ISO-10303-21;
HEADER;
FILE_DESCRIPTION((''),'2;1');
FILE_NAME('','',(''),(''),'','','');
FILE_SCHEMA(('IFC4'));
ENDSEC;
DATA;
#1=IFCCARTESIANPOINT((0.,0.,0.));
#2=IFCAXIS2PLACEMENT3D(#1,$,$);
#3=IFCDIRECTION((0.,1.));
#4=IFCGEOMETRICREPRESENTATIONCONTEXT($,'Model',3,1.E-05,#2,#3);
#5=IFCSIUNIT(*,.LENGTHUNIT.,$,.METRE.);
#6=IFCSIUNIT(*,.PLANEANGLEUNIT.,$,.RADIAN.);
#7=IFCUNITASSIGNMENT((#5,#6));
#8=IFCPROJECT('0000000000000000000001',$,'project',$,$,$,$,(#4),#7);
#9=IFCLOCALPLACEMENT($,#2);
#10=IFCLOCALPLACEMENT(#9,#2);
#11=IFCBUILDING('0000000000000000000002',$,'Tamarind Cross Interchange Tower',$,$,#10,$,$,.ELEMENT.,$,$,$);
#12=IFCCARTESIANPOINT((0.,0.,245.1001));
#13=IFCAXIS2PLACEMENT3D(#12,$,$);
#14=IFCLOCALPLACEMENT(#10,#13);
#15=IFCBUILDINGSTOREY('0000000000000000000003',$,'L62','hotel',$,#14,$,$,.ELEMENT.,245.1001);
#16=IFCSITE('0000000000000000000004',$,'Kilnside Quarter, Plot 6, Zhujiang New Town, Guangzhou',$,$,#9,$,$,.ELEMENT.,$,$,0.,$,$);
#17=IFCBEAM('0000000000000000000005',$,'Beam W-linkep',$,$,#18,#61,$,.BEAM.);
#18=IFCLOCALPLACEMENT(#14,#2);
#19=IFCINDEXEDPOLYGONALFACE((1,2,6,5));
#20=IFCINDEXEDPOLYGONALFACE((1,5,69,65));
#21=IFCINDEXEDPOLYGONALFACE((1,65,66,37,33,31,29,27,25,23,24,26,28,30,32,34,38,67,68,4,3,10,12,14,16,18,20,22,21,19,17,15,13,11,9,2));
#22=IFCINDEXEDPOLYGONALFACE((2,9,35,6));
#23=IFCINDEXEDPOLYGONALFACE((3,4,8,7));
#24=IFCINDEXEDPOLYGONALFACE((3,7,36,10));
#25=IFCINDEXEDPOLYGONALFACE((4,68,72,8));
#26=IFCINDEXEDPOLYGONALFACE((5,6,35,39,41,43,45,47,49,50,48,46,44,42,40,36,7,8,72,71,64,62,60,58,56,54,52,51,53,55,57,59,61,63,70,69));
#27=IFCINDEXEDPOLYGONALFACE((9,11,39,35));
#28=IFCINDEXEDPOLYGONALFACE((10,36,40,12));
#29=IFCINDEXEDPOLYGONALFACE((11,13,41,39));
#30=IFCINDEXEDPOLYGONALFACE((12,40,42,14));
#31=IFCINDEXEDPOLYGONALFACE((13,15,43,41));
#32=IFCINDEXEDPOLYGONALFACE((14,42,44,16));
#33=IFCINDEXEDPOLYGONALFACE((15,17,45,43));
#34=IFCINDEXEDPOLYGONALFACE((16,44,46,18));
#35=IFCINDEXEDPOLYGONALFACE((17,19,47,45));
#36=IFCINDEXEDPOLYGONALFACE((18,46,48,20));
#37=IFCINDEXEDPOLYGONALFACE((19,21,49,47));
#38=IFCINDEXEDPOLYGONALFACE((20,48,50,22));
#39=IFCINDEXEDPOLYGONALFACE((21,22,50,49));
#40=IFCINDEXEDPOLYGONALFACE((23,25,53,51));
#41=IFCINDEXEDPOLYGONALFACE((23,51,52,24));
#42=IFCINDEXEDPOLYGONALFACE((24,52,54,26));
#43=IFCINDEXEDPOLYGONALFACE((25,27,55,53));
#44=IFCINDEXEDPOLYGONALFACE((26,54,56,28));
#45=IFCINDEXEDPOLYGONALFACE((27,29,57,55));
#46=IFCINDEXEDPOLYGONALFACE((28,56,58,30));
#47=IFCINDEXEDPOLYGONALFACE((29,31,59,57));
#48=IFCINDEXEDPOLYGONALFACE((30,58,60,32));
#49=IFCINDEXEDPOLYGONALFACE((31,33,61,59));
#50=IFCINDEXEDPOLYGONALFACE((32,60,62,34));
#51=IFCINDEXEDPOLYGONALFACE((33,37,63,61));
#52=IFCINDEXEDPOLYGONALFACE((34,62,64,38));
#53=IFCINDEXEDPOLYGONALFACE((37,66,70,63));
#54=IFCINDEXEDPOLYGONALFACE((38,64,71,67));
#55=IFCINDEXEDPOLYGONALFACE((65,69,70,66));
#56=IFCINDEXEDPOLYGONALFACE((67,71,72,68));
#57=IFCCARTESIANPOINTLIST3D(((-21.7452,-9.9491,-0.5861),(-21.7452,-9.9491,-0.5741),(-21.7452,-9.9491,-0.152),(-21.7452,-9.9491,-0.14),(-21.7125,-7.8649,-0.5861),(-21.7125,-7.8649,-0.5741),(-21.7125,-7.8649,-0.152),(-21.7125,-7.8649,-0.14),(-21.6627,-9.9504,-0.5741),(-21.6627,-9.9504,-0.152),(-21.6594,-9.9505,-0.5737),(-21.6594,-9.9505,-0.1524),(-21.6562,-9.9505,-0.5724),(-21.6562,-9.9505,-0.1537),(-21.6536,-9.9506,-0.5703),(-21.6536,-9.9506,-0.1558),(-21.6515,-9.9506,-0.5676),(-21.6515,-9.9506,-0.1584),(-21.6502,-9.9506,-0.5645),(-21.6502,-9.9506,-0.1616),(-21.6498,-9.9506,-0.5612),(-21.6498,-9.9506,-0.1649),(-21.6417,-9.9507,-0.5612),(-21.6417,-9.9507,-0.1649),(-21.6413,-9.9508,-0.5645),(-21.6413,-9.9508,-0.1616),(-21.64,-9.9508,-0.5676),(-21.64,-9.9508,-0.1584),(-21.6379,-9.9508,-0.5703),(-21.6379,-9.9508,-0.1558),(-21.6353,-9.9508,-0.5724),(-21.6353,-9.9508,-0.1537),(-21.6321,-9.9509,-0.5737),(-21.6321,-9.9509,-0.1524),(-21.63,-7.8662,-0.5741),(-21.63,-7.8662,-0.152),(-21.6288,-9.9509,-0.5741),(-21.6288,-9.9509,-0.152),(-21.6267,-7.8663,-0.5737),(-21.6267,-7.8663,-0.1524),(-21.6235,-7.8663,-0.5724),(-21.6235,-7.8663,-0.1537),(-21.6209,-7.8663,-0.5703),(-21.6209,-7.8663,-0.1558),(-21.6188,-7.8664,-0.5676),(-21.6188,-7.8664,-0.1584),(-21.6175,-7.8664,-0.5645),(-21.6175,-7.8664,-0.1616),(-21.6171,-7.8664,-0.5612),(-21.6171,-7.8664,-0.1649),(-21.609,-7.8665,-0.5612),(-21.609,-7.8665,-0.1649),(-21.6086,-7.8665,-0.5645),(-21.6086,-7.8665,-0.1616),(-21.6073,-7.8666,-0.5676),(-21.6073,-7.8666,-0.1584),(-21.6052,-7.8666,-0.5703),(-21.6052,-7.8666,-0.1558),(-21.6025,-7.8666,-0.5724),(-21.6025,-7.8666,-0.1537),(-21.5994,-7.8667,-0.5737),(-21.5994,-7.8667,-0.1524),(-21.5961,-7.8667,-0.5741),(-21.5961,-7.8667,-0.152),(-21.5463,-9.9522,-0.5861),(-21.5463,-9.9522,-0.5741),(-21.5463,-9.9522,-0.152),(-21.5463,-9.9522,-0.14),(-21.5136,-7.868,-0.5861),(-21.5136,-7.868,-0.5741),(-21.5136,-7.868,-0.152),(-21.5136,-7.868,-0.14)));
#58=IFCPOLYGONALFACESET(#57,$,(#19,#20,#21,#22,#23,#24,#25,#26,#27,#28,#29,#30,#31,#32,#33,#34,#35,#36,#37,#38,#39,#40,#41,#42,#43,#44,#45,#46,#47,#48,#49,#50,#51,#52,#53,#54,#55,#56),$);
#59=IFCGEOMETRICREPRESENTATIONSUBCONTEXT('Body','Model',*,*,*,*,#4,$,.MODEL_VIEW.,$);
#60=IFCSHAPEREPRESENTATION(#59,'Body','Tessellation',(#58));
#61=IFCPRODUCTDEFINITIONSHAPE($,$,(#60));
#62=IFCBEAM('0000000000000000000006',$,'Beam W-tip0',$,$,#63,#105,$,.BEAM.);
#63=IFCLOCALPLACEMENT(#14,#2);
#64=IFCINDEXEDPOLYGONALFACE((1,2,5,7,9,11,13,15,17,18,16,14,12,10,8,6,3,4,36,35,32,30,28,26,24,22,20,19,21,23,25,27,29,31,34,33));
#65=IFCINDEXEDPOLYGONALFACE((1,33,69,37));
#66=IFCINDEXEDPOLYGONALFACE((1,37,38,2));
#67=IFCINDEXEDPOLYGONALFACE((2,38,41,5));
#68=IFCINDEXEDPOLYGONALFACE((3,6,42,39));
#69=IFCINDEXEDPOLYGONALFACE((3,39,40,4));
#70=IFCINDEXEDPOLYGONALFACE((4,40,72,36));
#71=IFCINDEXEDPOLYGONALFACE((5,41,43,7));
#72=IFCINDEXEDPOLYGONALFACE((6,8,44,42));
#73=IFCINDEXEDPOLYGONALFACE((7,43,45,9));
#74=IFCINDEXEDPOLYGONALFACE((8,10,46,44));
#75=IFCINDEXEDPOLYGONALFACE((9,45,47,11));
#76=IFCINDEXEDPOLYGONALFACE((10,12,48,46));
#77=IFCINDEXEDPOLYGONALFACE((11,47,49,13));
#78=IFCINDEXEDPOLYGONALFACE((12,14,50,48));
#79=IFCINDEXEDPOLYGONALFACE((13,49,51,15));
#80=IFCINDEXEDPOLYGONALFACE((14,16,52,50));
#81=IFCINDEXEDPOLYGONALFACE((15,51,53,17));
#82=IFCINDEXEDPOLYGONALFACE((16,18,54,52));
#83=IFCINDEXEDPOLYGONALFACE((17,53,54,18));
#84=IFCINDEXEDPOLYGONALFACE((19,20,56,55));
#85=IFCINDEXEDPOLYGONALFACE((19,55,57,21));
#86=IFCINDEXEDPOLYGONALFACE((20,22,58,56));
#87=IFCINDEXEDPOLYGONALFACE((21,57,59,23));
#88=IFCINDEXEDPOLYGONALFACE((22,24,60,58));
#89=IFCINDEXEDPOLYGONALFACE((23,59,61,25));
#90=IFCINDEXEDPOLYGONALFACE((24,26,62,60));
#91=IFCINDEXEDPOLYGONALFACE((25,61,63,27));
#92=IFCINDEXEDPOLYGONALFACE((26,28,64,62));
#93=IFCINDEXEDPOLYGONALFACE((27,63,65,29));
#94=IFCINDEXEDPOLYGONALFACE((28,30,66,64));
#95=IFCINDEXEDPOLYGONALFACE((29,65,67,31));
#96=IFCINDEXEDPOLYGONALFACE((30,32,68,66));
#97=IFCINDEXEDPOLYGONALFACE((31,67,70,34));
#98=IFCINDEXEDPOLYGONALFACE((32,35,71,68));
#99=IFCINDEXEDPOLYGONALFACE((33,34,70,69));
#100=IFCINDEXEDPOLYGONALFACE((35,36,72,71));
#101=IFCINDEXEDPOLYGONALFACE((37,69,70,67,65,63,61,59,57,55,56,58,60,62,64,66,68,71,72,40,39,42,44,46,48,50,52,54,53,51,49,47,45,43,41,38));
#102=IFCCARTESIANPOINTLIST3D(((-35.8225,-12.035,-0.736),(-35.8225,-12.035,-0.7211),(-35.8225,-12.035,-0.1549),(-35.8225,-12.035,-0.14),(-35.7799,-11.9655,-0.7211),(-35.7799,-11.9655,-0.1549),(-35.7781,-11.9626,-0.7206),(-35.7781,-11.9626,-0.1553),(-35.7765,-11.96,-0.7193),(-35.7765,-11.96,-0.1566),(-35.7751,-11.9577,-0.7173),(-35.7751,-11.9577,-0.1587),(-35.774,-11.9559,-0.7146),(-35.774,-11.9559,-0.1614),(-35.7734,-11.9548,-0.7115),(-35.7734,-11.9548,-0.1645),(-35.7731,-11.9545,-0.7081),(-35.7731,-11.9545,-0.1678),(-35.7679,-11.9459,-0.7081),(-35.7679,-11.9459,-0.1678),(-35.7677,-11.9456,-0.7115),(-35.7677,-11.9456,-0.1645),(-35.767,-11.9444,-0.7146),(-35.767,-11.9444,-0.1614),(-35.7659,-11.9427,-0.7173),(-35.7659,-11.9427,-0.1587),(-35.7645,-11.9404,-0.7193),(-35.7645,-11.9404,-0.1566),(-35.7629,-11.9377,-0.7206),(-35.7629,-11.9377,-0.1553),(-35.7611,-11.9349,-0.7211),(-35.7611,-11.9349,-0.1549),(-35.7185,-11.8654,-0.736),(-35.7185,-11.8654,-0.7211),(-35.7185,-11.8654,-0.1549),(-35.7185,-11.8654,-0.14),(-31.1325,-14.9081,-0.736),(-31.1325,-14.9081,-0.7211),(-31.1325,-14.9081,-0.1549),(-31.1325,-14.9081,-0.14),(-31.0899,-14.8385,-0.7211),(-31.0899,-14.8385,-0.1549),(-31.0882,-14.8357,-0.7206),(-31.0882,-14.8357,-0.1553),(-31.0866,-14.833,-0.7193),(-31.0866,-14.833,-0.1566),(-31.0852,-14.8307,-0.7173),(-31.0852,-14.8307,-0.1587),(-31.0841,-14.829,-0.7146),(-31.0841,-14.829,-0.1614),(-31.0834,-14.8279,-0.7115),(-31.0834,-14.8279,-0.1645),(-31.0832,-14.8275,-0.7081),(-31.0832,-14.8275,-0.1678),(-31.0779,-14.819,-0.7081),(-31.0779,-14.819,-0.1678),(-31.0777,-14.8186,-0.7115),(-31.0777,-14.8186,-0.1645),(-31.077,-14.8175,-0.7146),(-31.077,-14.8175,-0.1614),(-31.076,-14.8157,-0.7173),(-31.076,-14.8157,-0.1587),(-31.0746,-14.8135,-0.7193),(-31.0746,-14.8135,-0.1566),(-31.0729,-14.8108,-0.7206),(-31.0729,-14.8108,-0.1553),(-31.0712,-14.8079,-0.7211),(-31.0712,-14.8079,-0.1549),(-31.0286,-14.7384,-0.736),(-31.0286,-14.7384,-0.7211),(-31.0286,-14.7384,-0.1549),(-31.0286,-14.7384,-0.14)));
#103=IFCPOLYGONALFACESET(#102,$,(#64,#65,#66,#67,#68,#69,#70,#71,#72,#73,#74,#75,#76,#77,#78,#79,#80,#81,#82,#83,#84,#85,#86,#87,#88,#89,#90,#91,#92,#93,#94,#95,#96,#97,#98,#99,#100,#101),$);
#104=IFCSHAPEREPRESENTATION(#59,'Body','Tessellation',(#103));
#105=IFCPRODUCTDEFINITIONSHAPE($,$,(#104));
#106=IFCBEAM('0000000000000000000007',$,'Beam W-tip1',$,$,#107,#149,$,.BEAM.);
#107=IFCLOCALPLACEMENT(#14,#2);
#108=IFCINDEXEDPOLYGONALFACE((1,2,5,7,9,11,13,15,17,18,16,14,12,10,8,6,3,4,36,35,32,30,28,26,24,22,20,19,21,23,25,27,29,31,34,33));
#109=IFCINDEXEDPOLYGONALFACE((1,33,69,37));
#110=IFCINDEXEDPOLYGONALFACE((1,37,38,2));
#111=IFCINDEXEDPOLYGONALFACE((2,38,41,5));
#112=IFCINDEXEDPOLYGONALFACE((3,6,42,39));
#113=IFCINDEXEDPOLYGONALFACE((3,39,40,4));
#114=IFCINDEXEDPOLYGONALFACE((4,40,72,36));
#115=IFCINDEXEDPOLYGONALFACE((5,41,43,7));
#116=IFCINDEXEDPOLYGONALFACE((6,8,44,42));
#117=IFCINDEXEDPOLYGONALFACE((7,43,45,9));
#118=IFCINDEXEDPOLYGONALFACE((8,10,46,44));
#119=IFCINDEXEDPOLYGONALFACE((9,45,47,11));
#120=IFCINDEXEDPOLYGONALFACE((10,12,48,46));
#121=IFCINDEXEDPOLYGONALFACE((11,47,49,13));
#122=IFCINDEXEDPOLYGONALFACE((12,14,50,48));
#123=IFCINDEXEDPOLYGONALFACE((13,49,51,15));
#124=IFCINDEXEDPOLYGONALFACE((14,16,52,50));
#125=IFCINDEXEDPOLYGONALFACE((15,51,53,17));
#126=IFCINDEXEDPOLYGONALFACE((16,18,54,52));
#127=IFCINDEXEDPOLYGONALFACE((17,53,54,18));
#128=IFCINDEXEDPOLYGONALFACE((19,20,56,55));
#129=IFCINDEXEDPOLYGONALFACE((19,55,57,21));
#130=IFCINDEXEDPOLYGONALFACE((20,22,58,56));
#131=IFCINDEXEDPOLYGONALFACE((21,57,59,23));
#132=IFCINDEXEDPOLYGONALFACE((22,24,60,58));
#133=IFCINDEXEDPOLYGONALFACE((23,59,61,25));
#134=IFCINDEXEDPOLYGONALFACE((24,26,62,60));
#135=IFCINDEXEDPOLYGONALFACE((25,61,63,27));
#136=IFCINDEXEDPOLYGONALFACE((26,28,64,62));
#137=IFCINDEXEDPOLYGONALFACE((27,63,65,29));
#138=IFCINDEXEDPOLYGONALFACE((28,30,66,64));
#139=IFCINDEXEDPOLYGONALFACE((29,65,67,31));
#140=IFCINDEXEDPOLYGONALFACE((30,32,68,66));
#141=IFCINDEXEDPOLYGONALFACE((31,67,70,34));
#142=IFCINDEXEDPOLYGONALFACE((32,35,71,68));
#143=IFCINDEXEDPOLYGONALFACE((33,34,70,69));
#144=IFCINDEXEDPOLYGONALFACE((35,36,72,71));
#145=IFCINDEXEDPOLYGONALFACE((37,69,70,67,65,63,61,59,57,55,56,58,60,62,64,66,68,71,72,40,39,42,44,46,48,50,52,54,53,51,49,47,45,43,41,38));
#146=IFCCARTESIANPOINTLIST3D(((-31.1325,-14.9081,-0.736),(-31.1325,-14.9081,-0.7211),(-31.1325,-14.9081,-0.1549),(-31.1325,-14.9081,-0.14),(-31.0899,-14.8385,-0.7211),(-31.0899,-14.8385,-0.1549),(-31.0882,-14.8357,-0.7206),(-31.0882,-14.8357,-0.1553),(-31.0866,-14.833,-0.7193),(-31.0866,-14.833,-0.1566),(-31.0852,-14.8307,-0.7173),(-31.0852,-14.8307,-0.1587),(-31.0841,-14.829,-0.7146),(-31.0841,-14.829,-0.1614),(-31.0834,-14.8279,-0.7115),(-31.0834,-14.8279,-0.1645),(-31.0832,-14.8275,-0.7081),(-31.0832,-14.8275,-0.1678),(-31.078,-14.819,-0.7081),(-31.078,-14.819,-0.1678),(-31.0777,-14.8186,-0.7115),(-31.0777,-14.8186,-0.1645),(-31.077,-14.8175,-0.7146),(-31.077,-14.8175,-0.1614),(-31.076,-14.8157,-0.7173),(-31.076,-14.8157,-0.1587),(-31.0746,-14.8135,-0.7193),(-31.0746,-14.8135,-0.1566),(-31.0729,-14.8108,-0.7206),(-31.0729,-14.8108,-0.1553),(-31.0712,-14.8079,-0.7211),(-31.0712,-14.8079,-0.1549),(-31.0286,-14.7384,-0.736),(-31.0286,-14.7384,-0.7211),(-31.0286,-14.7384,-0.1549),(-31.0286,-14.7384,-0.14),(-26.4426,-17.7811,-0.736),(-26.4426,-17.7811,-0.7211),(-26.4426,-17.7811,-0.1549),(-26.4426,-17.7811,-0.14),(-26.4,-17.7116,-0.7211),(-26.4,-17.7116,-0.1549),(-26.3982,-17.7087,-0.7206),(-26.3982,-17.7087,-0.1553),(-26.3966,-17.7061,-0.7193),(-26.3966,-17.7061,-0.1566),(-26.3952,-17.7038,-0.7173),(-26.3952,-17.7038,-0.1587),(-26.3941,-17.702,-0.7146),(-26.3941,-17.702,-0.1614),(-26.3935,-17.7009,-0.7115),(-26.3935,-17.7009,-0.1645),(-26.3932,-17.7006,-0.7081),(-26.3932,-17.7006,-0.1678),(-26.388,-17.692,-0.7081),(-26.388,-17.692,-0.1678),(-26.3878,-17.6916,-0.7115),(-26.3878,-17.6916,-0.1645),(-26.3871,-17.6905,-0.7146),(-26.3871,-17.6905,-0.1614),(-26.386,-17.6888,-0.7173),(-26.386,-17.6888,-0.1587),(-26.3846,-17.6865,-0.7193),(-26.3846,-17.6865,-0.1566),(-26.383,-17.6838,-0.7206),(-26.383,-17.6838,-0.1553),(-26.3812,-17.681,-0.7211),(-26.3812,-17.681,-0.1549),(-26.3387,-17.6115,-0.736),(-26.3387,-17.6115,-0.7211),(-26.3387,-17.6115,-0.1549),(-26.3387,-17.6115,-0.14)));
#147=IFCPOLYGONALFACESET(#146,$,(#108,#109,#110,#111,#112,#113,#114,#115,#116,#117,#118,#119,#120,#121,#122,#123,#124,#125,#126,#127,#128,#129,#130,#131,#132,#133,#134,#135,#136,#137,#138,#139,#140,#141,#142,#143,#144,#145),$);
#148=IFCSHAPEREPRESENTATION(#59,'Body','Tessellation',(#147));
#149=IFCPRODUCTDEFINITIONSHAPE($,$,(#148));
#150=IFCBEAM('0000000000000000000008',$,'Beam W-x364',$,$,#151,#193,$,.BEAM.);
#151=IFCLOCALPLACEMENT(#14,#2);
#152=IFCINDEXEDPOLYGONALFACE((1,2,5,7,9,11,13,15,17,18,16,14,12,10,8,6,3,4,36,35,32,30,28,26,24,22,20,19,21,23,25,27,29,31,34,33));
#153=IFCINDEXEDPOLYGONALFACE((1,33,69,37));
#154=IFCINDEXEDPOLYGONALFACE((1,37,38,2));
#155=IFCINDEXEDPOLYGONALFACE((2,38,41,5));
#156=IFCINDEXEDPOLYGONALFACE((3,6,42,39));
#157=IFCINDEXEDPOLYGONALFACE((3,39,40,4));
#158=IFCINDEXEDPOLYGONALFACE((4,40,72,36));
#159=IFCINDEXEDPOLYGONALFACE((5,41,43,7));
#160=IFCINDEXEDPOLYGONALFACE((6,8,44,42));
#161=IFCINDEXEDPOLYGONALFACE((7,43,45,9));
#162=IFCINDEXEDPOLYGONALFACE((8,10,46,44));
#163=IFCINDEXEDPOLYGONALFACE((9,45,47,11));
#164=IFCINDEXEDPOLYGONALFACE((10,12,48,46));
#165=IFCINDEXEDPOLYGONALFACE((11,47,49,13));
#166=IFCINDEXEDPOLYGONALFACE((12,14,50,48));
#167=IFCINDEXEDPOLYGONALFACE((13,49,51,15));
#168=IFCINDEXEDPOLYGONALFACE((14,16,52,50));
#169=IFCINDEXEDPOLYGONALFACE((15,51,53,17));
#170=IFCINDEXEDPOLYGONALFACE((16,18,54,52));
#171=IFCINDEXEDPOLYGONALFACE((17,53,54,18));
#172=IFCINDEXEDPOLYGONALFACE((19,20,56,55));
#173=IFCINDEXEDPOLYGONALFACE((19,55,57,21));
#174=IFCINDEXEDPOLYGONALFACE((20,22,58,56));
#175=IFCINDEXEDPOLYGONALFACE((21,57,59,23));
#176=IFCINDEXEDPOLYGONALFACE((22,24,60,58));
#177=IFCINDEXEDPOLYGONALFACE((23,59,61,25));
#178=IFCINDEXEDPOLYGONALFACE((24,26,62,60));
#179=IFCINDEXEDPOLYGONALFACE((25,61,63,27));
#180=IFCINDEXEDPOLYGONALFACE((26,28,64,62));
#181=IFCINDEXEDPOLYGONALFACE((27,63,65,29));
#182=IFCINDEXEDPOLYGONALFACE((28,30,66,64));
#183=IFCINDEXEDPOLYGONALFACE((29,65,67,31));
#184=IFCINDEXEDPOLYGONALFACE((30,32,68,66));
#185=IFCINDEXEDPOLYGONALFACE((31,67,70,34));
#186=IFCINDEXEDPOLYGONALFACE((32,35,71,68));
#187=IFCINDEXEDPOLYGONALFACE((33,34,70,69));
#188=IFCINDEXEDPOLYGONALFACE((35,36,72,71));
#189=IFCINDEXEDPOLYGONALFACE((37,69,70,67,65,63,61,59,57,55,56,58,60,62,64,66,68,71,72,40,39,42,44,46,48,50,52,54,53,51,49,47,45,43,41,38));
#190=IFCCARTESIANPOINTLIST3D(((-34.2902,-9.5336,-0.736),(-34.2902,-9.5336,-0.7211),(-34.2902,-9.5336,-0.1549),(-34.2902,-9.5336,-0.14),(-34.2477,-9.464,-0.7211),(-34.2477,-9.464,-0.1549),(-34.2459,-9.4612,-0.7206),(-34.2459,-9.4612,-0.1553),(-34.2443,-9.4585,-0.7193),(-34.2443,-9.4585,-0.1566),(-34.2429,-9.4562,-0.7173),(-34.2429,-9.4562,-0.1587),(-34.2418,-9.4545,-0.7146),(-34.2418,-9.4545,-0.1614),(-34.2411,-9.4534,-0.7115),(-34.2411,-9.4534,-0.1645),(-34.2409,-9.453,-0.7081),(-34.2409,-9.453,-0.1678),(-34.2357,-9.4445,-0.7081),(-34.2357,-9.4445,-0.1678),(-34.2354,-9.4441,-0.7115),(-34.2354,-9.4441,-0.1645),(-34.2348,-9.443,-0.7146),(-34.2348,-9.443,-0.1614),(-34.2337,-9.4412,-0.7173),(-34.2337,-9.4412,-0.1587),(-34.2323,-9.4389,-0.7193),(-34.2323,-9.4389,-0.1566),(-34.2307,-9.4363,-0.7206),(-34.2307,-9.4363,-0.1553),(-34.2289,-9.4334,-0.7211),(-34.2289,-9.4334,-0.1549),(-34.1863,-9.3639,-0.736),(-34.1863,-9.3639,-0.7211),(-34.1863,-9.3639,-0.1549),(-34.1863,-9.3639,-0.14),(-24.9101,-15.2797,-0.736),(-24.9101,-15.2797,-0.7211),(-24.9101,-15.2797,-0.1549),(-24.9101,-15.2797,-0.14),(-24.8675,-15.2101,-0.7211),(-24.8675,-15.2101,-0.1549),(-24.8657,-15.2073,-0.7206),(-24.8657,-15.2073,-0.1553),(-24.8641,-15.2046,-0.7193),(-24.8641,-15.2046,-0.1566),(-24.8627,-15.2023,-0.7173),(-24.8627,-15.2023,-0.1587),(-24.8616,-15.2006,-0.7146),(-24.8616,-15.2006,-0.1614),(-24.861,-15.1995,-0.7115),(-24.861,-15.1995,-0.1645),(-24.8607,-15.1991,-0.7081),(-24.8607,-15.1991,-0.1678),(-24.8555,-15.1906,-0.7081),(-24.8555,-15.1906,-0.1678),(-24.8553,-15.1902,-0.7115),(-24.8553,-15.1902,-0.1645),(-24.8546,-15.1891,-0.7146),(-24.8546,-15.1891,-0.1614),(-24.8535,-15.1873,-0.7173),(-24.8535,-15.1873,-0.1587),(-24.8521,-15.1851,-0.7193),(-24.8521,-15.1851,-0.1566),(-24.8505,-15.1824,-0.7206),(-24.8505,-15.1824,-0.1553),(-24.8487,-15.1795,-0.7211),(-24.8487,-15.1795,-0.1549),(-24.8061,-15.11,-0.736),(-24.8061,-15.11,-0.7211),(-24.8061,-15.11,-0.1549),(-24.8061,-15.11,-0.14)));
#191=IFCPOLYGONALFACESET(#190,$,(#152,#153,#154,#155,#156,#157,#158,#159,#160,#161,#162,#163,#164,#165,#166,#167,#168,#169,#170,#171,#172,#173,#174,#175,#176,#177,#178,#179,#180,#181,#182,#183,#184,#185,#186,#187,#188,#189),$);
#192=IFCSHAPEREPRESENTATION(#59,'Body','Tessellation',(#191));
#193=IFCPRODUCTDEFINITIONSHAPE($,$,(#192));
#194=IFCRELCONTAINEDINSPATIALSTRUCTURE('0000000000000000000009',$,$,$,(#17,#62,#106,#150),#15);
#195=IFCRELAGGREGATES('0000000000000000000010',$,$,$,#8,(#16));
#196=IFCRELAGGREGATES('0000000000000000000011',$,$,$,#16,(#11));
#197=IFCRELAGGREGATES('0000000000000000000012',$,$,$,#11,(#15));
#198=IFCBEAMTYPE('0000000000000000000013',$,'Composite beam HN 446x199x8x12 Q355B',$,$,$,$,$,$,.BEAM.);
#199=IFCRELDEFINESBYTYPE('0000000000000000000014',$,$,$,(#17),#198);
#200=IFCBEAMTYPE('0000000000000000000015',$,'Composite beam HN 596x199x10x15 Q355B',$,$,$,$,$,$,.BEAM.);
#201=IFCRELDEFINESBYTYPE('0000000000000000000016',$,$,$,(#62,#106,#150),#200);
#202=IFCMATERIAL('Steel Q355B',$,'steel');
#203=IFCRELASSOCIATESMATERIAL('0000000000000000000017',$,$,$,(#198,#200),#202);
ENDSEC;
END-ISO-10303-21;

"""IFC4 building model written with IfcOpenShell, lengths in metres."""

from ifc_helpers import new_model, si_unit, direction, frame, origin, origin_2d, place, context, subcontext, project, spatial, i_section, extrude, material, material_profile, profile_set, type_object, element, save


model = new_model("IFC4")

# Units and contexts
model_context = context("Model", 3, precision=1e-05, world=origin(), true_north=direction((0.0, 1.0)))
body_context = subcontext(model_context, "Body", "Model", "MODEL_VIEW")
ifc_project = project(units=[si_unit("LENGTHUNIT", "METRE"), si_unit("PLANEANGLEUNIT", "RADIAN")], contexts=[model_context])

# Site, building, storey
site_placement = place(None, origin())
site = spatial("IfcSite", under=ifc_project, at=site_placement, Name="Kilnside Quarter, Plot 6, Zhujiang New Town, Guangzhou", CompositionType="ELEMENT", RefElevation=0.0)
building_placement = place(site_placement, origin())
building = spatial("IfcBuilding", under=site, at=building_placement, Name="Tamarind Cross Interchange Tower", CompositionType="ELEMENT")
storey_placement = place(building_placement, frame((0.0, 0.0, 245.1001)))
storey = spatial("IfcBuildingStorey", under=building, at=storey_placement, Name="L62", Description="hotel", CompositionType="ELEMENT", Elevation=245.1001)

# Beams
ifc_material_1 = material(Name="Steel Q355B", Category="steel")
ifc_material_profile_1 = material_profile(ifc_material_1, i_section(OverallWidth=0.199, OverallDepth=0.446, WebThickness=0.0081, FlangeThickness=0.012, FilletRadius=0.0129, at=origin_2d()), Name="HN 446x199x8x12")
ifc_profile_set_1 = profile_set([ifc_material_profile_1], Name="Steel Q355B")
beam_type_1 = type_object("IfcBeamType", Name="Composite beam HN 446x199x8x12 Q355B", PredefinedType="BEAM", material=ifc_profile_set_1)
beam_1_placement = place(storey_placement, frame((-21.6458, -9.9507, -0.363), z_axis=(0.015694, 0.999877, 0.0), x_axis=(-0.999877, 0.015694, 0.0)))
element("IfcBeam", 1, at=beam_1_placement, inside=storey, type_object=beam_type_1, Name="Beam W-linkep", PredefinedType="BEAM", context=body_context, shape_type="SweptSolid", body=[
    extrude(i_section(OverallWidth=0.199, OverallDepth=0.446, WebThickness=0.0081, FlangeThickness=0.012, FilletRadius=0.0129, at=origin_2d()), origin(), (0.0, 0.0, 1.0), 2.0845),
])
ifc_material_profile_2 = material_profile(ifc_material_1, i_section(OverallWidth=0.199, OverallDepth=0.5959, WebThickness=0.01, FlangeThickness=0.0149, FilletRadius=0.0129, at=origin_2d()), Name="HN 596x199x10x15")
ifc_profile_set_2 = profile_set([ifc_material_profile_2], Name="Steel Q355B")
beam_type_2 = type_object("IfcBeamType", Name="Composite beam HN 596x199x10x15 Q355B", PredefinedType="BEAM", material=ifc_profile_set_2)
for number, where, z_axis, x_axis, name in (
    (2, (-35.7705, -11.9502, -0.438), (0.852717, -0.522373, 0.0), (0.522373, 0.852717, 0.0), "Beam W-tip0"),
    (3, (-31.0806, -14.8232, -0.438), (0.852717, -0.522373, 0.0), (0.522373, 0.852717, 0.0), "Beam W-tip1"),
):
    element("IfcBeam", number, at=place(storey_placement, frame(where, z_axis=z_axis, x_axis=x_axis)), inside=storey, type_object=beam_type_2, Name=name, PredefinedType="BEAM", context=body_context, shape_type="SweptSolid", body=[
        extrude(i_section(OverallWidth=0.199, OverallDepth=0.5959, WebThickness=0.01, FlangeThickness=0.0149, FilletRadius=0.0129, at=origin_2d()), origin(), (0.0, 0.0, 1.0), 5.5),
    ])
beam_2_placement = place(storey_placement, frame((-34.2383, -9.4487, -0.438), z_axis=(0.852723, -0.522363, 0.0), x_axis=(0.522363, 0.852723, 0.0)))
element("IfcBeam", 4, at=beam_2_placement, inside=storey, type_object=beam_type_2, Name="Beam W-x364", PredefinedType="BEAM", context=body_context, shape_type="SweptSolid", body=[
    extrude(i_section(OverallWidth=0.199, OverallDepth=0.5959, WebThickness=0.01, FlangeThickness=0.0149, FilletRadius=0.0129, at=origin_2d()), origin(), (0.0, 0.0, 1.0), 11.0002),
])

save(model, "model.ifc")
